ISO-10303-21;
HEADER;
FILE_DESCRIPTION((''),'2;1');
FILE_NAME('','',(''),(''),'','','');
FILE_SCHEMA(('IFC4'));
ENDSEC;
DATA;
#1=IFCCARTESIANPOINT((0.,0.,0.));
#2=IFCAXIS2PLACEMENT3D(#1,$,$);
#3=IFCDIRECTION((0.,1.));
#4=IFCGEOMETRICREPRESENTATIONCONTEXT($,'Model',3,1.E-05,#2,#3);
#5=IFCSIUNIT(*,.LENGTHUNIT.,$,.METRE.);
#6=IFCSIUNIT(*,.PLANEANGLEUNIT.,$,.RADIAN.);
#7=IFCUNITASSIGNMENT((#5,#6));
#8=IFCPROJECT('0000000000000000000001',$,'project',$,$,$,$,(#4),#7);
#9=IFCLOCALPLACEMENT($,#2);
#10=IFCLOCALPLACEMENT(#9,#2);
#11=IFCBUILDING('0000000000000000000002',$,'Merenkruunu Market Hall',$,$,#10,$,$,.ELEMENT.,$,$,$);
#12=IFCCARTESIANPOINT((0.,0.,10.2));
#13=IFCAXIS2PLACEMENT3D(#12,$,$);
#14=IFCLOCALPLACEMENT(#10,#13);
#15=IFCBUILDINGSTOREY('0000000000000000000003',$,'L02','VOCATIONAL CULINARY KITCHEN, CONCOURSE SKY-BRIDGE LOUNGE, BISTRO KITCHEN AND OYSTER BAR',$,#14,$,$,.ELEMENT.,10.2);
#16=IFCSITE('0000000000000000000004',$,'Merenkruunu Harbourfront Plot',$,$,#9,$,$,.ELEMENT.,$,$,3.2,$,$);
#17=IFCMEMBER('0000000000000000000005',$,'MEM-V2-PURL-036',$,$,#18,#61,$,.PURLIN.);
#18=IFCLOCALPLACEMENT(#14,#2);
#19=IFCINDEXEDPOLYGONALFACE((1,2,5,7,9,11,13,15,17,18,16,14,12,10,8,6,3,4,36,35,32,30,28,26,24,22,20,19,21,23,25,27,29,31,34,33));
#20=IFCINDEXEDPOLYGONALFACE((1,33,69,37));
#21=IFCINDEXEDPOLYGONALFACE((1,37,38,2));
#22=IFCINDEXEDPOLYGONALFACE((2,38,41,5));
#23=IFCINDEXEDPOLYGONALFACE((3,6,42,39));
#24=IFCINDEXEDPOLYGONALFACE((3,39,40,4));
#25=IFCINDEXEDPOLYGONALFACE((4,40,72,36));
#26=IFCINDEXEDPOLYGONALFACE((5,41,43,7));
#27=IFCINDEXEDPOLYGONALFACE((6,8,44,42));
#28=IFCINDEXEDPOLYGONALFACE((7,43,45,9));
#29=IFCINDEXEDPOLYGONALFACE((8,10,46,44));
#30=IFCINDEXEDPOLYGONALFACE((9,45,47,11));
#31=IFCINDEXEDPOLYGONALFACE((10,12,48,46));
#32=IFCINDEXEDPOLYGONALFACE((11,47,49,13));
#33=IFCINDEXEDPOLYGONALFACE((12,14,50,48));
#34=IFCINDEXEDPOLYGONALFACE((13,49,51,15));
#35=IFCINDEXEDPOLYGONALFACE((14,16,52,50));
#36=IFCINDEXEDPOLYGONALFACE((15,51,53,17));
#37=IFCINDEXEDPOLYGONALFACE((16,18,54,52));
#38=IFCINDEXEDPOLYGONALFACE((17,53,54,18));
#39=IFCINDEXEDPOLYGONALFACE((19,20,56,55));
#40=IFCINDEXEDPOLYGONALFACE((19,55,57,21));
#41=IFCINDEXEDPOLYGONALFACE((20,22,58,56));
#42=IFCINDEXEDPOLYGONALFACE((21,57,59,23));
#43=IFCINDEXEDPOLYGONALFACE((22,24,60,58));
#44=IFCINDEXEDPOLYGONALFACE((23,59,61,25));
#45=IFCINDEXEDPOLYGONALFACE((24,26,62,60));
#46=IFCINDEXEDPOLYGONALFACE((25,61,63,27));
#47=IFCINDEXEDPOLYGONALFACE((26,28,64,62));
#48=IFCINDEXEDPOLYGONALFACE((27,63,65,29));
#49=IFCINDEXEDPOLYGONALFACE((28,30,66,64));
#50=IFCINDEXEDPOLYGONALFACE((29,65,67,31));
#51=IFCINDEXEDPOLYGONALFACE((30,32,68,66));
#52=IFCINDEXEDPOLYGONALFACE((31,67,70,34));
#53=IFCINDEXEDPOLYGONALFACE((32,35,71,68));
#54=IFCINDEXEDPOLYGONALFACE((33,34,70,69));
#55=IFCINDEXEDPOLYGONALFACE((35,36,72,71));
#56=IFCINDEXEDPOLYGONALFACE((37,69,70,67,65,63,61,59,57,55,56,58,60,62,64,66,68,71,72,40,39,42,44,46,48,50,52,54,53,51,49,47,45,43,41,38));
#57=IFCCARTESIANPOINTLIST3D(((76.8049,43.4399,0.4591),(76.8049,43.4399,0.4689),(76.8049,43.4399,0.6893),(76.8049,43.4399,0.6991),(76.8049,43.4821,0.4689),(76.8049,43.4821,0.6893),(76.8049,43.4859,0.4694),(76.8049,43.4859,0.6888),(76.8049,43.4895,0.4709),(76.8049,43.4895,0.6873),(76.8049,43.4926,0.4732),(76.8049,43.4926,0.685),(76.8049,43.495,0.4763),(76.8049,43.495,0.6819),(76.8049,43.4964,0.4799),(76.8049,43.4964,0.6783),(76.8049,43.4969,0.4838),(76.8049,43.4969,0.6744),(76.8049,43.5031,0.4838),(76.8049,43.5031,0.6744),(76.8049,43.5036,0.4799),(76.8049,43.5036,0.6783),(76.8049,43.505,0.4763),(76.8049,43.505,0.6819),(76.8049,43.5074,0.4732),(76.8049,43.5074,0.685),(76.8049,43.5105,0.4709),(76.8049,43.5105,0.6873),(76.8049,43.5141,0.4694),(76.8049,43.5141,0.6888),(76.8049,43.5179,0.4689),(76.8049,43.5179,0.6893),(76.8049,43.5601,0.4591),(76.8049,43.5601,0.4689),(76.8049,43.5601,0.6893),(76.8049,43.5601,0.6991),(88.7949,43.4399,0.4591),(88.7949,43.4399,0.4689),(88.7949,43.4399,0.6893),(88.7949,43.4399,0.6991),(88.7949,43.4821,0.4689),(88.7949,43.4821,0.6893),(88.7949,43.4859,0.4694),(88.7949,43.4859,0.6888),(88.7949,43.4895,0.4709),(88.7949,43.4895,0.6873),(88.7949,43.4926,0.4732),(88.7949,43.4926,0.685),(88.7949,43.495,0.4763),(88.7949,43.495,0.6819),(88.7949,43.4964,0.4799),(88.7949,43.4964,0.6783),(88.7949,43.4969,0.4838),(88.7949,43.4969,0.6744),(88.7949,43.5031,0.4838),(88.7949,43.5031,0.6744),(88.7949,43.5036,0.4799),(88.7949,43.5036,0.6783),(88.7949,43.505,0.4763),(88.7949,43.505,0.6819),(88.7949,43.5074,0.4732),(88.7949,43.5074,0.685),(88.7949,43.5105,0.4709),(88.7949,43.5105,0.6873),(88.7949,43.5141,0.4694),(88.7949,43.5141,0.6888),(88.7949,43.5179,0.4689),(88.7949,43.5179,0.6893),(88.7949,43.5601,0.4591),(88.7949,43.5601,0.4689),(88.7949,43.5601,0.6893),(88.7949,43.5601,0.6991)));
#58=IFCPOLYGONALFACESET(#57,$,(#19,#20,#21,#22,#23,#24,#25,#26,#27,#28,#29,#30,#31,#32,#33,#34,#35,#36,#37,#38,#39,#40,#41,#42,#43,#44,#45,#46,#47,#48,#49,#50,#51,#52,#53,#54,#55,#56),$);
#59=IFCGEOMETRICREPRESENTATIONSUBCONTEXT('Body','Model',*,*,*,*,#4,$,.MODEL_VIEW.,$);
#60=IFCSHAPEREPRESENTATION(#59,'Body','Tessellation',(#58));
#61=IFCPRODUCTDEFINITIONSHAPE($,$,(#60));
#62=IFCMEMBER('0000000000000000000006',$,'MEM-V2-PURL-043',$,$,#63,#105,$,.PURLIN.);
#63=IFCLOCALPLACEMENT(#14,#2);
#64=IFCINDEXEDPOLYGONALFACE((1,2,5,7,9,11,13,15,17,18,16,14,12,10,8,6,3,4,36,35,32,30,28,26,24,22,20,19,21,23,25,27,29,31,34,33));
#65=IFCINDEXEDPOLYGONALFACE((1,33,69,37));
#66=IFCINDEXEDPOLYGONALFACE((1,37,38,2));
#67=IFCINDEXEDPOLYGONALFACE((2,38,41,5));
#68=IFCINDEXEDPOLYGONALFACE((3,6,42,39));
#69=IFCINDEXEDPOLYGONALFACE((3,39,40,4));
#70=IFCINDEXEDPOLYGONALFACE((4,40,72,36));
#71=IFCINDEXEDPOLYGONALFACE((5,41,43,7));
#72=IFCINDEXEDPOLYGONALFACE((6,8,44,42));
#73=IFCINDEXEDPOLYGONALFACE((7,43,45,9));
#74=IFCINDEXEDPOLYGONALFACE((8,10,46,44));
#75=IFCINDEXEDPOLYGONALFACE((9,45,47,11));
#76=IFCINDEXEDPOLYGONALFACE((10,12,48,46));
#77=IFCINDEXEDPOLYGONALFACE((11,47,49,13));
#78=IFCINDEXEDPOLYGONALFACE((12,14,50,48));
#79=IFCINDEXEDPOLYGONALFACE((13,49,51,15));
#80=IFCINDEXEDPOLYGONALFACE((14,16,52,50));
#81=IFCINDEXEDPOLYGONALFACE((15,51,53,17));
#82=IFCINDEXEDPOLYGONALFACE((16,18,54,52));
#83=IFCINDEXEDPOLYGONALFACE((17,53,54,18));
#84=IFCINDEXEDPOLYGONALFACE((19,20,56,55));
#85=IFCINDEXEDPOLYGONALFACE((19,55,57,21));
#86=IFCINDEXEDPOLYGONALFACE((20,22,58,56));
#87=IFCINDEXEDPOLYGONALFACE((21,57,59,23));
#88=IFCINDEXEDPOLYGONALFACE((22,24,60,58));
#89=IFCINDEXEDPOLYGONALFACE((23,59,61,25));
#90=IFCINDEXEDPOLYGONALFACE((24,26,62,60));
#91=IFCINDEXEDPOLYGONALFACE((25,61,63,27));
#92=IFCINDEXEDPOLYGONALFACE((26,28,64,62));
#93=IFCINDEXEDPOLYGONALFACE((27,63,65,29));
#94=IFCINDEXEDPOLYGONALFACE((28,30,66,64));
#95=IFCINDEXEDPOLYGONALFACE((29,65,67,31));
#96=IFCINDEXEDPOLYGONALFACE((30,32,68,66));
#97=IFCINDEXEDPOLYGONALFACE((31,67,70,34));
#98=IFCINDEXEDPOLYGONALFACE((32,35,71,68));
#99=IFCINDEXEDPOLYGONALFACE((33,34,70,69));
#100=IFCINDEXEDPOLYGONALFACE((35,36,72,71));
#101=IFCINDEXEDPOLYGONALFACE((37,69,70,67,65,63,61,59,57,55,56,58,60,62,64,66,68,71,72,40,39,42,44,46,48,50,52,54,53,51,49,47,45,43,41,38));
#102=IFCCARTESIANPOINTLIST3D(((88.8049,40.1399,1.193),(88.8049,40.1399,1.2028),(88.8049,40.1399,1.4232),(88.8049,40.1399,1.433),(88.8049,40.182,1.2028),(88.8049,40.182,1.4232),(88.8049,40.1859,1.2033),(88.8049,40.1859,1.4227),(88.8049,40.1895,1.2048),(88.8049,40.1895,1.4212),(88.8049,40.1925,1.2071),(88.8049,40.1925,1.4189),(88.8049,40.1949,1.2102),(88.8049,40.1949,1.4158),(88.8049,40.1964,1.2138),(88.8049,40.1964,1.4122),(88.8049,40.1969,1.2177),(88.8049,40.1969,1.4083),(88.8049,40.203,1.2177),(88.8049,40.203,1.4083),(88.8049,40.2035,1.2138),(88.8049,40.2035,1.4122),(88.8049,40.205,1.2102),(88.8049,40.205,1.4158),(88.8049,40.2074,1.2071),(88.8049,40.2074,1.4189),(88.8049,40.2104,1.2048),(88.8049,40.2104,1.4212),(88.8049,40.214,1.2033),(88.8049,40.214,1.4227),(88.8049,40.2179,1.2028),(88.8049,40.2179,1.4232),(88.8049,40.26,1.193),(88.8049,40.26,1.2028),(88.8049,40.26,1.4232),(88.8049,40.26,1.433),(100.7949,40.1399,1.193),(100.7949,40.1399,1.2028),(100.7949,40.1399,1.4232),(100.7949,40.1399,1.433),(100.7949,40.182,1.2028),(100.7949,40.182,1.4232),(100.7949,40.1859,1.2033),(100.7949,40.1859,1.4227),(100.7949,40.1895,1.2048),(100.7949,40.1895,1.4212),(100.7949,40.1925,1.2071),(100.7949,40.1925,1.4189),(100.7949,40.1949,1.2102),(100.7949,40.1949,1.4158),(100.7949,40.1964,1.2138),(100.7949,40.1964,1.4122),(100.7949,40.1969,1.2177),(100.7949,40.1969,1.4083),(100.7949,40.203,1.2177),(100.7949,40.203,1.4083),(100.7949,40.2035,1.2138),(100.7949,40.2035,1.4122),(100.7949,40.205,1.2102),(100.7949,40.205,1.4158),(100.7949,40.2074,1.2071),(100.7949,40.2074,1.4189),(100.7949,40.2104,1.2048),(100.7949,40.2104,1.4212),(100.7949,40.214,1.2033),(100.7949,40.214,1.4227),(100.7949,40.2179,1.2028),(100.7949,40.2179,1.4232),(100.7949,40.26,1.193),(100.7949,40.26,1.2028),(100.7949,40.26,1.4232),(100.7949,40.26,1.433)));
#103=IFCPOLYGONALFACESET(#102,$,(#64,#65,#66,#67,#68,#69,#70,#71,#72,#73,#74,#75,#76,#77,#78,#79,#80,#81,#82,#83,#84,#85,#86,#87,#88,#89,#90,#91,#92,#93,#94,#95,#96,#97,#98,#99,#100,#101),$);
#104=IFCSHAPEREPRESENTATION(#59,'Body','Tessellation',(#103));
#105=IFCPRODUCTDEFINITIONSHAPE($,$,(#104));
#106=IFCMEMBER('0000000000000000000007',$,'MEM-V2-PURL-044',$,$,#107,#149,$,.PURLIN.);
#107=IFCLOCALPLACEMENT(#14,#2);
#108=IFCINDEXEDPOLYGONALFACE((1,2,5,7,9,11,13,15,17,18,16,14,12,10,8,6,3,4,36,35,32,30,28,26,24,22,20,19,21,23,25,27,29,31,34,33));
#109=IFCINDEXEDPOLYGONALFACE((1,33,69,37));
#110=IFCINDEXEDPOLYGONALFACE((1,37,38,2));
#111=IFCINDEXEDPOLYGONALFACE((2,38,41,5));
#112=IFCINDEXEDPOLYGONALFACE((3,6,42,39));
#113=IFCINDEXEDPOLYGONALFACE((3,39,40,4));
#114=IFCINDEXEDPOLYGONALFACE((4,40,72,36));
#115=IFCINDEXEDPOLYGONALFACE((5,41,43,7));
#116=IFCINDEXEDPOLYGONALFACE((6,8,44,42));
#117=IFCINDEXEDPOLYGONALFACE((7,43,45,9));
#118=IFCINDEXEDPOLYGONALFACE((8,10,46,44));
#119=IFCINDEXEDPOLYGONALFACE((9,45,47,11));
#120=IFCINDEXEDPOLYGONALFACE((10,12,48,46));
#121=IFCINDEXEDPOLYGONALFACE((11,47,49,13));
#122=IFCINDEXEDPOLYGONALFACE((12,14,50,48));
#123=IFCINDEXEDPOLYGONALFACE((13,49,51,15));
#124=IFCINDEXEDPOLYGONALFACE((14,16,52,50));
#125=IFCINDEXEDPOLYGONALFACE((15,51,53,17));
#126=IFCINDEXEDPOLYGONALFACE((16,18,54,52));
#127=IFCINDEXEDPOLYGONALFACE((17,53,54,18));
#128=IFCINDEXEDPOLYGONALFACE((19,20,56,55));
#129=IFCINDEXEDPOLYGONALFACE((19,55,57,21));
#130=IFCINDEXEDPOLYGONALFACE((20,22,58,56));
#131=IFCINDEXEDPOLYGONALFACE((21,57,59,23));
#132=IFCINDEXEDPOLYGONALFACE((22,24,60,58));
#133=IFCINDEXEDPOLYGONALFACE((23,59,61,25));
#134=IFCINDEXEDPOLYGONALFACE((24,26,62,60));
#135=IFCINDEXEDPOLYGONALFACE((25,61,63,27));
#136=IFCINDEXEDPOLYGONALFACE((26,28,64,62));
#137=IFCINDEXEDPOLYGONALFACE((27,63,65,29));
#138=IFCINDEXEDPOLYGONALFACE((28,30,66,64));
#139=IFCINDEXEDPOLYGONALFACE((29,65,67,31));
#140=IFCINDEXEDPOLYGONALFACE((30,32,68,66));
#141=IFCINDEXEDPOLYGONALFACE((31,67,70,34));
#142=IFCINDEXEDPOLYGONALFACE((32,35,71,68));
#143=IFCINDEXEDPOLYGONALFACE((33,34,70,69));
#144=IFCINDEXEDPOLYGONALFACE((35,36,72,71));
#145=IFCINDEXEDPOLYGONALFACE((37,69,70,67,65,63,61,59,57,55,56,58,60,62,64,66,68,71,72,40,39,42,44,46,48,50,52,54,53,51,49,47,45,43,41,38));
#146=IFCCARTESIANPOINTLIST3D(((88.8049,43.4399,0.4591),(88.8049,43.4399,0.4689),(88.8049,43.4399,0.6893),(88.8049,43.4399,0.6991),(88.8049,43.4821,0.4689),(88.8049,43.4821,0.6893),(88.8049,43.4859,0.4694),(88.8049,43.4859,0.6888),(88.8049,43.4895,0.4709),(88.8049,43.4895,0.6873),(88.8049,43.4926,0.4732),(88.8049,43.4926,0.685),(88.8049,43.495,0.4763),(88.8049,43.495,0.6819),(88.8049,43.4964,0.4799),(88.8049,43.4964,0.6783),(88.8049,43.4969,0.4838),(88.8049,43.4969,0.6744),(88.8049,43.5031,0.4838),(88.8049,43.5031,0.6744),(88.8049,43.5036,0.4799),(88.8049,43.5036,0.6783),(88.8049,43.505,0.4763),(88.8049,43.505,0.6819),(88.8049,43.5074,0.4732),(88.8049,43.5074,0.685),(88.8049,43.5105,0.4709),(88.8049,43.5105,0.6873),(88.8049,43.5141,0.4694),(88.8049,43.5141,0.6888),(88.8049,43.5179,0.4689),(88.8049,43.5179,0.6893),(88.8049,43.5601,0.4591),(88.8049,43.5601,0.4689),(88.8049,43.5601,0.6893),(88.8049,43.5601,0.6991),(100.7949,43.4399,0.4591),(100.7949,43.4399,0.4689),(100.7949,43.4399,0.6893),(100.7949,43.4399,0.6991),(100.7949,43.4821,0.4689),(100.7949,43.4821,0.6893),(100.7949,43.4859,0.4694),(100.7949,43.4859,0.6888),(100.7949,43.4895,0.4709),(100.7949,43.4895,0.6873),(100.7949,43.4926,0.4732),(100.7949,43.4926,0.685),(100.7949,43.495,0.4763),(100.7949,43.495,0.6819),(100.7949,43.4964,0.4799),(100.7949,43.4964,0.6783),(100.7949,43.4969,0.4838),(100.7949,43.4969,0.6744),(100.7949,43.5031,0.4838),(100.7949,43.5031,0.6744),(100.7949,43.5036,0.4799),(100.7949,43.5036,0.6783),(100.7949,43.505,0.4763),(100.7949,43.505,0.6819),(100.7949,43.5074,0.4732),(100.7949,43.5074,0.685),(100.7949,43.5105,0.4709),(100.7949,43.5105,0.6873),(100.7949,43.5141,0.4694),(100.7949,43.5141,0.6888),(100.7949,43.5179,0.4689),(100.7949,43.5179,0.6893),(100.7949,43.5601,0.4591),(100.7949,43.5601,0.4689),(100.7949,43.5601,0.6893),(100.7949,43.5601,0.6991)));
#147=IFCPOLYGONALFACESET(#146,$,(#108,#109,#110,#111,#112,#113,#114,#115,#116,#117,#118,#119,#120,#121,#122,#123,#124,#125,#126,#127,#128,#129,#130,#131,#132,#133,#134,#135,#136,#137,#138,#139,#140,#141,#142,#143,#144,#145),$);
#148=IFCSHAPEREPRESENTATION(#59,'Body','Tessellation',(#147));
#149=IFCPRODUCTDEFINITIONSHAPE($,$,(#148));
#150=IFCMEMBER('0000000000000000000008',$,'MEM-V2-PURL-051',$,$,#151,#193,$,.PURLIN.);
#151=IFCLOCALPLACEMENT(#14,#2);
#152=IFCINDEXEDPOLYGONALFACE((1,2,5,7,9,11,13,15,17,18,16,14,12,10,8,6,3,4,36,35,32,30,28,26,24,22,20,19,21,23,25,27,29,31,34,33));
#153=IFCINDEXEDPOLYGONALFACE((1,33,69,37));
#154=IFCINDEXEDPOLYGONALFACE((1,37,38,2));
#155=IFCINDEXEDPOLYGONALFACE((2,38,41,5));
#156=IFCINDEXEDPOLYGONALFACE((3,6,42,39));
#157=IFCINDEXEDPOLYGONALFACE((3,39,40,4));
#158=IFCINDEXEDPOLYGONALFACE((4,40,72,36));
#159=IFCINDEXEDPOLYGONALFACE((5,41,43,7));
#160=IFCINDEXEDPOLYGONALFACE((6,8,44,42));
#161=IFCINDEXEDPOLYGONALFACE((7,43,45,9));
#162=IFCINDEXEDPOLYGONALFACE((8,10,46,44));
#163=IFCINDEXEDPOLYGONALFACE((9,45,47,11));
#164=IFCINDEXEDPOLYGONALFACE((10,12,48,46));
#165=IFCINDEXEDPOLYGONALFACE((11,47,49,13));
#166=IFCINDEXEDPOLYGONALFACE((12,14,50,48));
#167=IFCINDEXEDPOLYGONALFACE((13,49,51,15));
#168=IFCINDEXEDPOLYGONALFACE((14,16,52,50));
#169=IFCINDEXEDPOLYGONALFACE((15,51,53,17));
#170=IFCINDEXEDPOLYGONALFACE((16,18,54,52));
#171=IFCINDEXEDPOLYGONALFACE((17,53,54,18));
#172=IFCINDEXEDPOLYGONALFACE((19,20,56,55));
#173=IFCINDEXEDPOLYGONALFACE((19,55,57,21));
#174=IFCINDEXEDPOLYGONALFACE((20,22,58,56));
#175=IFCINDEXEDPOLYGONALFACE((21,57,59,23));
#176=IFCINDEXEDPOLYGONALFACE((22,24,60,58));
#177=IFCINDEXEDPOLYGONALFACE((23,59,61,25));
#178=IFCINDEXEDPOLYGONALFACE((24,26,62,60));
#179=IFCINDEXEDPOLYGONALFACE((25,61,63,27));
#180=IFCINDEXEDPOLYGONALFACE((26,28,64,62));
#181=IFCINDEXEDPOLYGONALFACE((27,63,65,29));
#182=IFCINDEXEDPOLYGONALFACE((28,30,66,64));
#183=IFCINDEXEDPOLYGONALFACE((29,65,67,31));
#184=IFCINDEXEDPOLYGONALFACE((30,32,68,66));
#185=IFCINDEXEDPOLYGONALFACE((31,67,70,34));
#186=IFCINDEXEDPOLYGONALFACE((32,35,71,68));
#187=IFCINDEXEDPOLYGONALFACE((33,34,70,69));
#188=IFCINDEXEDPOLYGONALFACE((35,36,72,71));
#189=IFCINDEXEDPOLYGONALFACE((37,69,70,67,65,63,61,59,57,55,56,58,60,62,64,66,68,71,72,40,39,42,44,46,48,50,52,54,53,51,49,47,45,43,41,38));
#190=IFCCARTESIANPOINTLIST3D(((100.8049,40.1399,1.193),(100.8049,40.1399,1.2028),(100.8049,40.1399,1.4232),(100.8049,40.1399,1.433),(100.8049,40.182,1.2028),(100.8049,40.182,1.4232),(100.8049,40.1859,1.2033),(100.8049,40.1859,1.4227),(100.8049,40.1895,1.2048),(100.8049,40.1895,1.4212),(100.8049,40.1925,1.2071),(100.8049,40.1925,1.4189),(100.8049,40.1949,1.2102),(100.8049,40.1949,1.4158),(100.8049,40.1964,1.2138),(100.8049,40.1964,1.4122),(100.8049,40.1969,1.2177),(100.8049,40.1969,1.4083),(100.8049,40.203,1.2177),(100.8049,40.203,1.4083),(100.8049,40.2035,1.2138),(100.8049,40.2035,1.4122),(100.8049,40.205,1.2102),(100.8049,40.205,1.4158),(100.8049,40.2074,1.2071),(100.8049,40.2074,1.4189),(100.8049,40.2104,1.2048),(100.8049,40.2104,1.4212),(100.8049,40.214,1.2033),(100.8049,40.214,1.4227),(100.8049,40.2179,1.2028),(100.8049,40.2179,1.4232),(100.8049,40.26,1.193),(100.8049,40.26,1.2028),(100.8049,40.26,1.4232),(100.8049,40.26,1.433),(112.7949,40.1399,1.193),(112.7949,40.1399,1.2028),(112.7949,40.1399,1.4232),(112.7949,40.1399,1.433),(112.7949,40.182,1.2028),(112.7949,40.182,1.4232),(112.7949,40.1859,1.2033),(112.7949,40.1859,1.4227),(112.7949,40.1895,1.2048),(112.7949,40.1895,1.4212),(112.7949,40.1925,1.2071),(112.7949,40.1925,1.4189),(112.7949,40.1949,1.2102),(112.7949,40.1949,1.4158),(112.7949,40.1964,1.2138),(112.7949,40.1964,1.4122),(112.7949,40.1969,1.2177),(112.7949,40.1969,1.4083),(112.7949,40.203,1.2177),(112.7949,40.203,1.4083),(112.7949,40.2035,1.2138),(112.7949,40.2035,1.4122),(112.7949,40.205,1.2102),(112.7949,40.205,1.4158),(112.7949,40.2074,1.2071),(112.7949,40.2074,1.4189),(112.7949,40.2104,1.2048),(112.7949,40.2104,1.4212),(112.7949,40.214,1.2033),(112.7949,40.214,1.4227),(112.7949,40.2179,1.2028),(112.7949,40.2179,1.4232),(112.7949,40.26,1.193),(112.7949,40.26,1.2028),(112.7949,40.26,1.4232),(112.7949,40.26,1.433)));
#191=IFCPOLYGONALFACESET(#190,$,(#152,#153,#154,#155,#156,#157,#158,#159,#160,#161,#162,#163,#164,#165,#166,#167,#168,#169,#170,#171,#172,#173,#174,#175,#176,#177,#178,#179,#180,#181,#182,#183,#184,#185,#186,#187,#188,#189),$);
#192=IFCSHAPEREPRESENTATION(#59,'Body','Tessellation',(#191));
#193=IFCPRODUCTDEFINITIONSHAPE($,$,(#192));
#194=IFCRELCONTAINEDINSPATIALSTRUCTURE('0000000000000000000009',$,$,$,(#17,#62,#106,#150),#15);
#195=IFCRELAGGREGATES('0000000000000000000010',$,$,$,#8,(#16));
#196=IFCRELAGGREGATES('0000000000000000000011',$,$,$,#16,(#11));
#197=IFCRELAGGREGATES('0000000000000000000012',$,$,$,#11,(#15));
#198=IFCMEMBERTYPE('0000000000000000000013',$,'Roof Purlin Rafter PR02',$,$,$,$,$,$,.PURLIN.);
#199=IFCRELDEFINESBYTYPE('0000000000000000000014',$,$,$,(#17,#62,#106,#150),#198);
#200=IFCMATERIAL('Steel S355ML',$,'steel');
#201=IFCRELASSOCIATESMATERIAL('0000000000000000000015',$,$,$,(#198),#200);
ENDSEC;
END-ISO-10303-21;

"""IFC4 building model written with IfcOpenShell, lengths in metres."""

from ifc_helpers import new_model, si_unit, direction, frame, origin, origin_2d, place, context, subcontext, project, spatial, i_section, extrude, material, material_profile, profile_set, type_object, element, save


model = new_model("IFC4")

# Units and contexts
model_context = context("Model", 3, precision=1e-05, world=origin(), true_north=direction((0.0, 1.0)))
body_context = subcontext(model_context, "Body", "Model", "MODEL_VIEW")
ifc_project = project(units=[si_unit("LENGTHUNIT", "METRE"), si_unit("PLANEANGLEUNIT", "RADIAN")], contexts=[model_context])

# Site, building, storey
site_placement = place(None, origin())
site = spatial("IfcSite", under=ifc_project, at=site_placement, Name="Merenkruunu Harbourfront Plot", CompositionType="ELEMENT", RefElevation=3.2)
building_placement = place(site_placement, origin())
building = spatial("IfcBuilding", under=site, at=building_placement, Name="Merenkruunu Market Hall", CompositionType="ELEMENT")
storey_placement = place(building_placement, frame((0.0, 0.0, 10.2)))
storey = spatial("IfcBuildingStorey", under=building, at=storey_placement, Name="L02", Description="VOCATIONAL CULINARY KITCHEN, CONCOURSE SKY-BRIDGE LOUNGE, BISTRO KITCHEN AND OYSTER BAR", CompositionType="ELEMENT", Elevation=10.2)

# Shared definitions
ifc_material_1 = material(Name="Steel S355ML", Category="steel")

# Members
ifc_material_profile_1 = material_profile(ifc_material_1, i_section(OverallWidth=0.1201, OverallDepth=0.24, WebThickness=0.0061, FlangeThickness=0.0098, FilletRadius=0.0149, at=origin_2d()), Name="IPE 240")
ifc_profile_set_1 = profile_set([ifc_material_profile_1], Name="Steel S355ML")
member_type_1 = type_object("IfcMemberType", Name="Roof Purlin Rafter PR02", PredefinedType="PURLIN", material=ifc_profile_set_1)
for number, where, z_axis, x_axis, name in (
    (1, (76.8049, 43.5, 0.5791), (1.0, 0.0, 0.0), (0.0, 1.0, 0.0), "MEM-V2-PURL-036"),
    (2, (88.8049, 40.2, 1.313), (1.0, 0.0, 0.0), (0.0, 1.0, 0.0), "MEM-V2-PURL-043"),
    (3, (88.8049, 43.5, 0.5791), (1.0, 0.0, 0.0), (0.0, 1.0, 0.0), "MEM-V2-PURL-044"),
    (4, (100.8049, 40.2, 1.313), (1.0, 0.0, 0.0), (0.0, 1.0, 0.0), "MEM-V2-PURL-051"),
):
    element("IfcMember", number, at=place(storey_placement, frame(where, z_axis=z_axis, x_axis=x_axis)), inside=storey, type_object=member_type_1, Name=name, PredefinedType="PURLIN", context=body_context, shape_type="SweptSolid", body=[
        extrude(i_section(OverallWidth=0.1201, OverallDepth=0.24, WebThickness=0.0061, FlangeThickness=0.0098, FilletRadius=0.0149, at=origin_2d()), origin(), (0.0, 0.0, 1.0), 11.99),
    ])

save(model, "model.ifc")
